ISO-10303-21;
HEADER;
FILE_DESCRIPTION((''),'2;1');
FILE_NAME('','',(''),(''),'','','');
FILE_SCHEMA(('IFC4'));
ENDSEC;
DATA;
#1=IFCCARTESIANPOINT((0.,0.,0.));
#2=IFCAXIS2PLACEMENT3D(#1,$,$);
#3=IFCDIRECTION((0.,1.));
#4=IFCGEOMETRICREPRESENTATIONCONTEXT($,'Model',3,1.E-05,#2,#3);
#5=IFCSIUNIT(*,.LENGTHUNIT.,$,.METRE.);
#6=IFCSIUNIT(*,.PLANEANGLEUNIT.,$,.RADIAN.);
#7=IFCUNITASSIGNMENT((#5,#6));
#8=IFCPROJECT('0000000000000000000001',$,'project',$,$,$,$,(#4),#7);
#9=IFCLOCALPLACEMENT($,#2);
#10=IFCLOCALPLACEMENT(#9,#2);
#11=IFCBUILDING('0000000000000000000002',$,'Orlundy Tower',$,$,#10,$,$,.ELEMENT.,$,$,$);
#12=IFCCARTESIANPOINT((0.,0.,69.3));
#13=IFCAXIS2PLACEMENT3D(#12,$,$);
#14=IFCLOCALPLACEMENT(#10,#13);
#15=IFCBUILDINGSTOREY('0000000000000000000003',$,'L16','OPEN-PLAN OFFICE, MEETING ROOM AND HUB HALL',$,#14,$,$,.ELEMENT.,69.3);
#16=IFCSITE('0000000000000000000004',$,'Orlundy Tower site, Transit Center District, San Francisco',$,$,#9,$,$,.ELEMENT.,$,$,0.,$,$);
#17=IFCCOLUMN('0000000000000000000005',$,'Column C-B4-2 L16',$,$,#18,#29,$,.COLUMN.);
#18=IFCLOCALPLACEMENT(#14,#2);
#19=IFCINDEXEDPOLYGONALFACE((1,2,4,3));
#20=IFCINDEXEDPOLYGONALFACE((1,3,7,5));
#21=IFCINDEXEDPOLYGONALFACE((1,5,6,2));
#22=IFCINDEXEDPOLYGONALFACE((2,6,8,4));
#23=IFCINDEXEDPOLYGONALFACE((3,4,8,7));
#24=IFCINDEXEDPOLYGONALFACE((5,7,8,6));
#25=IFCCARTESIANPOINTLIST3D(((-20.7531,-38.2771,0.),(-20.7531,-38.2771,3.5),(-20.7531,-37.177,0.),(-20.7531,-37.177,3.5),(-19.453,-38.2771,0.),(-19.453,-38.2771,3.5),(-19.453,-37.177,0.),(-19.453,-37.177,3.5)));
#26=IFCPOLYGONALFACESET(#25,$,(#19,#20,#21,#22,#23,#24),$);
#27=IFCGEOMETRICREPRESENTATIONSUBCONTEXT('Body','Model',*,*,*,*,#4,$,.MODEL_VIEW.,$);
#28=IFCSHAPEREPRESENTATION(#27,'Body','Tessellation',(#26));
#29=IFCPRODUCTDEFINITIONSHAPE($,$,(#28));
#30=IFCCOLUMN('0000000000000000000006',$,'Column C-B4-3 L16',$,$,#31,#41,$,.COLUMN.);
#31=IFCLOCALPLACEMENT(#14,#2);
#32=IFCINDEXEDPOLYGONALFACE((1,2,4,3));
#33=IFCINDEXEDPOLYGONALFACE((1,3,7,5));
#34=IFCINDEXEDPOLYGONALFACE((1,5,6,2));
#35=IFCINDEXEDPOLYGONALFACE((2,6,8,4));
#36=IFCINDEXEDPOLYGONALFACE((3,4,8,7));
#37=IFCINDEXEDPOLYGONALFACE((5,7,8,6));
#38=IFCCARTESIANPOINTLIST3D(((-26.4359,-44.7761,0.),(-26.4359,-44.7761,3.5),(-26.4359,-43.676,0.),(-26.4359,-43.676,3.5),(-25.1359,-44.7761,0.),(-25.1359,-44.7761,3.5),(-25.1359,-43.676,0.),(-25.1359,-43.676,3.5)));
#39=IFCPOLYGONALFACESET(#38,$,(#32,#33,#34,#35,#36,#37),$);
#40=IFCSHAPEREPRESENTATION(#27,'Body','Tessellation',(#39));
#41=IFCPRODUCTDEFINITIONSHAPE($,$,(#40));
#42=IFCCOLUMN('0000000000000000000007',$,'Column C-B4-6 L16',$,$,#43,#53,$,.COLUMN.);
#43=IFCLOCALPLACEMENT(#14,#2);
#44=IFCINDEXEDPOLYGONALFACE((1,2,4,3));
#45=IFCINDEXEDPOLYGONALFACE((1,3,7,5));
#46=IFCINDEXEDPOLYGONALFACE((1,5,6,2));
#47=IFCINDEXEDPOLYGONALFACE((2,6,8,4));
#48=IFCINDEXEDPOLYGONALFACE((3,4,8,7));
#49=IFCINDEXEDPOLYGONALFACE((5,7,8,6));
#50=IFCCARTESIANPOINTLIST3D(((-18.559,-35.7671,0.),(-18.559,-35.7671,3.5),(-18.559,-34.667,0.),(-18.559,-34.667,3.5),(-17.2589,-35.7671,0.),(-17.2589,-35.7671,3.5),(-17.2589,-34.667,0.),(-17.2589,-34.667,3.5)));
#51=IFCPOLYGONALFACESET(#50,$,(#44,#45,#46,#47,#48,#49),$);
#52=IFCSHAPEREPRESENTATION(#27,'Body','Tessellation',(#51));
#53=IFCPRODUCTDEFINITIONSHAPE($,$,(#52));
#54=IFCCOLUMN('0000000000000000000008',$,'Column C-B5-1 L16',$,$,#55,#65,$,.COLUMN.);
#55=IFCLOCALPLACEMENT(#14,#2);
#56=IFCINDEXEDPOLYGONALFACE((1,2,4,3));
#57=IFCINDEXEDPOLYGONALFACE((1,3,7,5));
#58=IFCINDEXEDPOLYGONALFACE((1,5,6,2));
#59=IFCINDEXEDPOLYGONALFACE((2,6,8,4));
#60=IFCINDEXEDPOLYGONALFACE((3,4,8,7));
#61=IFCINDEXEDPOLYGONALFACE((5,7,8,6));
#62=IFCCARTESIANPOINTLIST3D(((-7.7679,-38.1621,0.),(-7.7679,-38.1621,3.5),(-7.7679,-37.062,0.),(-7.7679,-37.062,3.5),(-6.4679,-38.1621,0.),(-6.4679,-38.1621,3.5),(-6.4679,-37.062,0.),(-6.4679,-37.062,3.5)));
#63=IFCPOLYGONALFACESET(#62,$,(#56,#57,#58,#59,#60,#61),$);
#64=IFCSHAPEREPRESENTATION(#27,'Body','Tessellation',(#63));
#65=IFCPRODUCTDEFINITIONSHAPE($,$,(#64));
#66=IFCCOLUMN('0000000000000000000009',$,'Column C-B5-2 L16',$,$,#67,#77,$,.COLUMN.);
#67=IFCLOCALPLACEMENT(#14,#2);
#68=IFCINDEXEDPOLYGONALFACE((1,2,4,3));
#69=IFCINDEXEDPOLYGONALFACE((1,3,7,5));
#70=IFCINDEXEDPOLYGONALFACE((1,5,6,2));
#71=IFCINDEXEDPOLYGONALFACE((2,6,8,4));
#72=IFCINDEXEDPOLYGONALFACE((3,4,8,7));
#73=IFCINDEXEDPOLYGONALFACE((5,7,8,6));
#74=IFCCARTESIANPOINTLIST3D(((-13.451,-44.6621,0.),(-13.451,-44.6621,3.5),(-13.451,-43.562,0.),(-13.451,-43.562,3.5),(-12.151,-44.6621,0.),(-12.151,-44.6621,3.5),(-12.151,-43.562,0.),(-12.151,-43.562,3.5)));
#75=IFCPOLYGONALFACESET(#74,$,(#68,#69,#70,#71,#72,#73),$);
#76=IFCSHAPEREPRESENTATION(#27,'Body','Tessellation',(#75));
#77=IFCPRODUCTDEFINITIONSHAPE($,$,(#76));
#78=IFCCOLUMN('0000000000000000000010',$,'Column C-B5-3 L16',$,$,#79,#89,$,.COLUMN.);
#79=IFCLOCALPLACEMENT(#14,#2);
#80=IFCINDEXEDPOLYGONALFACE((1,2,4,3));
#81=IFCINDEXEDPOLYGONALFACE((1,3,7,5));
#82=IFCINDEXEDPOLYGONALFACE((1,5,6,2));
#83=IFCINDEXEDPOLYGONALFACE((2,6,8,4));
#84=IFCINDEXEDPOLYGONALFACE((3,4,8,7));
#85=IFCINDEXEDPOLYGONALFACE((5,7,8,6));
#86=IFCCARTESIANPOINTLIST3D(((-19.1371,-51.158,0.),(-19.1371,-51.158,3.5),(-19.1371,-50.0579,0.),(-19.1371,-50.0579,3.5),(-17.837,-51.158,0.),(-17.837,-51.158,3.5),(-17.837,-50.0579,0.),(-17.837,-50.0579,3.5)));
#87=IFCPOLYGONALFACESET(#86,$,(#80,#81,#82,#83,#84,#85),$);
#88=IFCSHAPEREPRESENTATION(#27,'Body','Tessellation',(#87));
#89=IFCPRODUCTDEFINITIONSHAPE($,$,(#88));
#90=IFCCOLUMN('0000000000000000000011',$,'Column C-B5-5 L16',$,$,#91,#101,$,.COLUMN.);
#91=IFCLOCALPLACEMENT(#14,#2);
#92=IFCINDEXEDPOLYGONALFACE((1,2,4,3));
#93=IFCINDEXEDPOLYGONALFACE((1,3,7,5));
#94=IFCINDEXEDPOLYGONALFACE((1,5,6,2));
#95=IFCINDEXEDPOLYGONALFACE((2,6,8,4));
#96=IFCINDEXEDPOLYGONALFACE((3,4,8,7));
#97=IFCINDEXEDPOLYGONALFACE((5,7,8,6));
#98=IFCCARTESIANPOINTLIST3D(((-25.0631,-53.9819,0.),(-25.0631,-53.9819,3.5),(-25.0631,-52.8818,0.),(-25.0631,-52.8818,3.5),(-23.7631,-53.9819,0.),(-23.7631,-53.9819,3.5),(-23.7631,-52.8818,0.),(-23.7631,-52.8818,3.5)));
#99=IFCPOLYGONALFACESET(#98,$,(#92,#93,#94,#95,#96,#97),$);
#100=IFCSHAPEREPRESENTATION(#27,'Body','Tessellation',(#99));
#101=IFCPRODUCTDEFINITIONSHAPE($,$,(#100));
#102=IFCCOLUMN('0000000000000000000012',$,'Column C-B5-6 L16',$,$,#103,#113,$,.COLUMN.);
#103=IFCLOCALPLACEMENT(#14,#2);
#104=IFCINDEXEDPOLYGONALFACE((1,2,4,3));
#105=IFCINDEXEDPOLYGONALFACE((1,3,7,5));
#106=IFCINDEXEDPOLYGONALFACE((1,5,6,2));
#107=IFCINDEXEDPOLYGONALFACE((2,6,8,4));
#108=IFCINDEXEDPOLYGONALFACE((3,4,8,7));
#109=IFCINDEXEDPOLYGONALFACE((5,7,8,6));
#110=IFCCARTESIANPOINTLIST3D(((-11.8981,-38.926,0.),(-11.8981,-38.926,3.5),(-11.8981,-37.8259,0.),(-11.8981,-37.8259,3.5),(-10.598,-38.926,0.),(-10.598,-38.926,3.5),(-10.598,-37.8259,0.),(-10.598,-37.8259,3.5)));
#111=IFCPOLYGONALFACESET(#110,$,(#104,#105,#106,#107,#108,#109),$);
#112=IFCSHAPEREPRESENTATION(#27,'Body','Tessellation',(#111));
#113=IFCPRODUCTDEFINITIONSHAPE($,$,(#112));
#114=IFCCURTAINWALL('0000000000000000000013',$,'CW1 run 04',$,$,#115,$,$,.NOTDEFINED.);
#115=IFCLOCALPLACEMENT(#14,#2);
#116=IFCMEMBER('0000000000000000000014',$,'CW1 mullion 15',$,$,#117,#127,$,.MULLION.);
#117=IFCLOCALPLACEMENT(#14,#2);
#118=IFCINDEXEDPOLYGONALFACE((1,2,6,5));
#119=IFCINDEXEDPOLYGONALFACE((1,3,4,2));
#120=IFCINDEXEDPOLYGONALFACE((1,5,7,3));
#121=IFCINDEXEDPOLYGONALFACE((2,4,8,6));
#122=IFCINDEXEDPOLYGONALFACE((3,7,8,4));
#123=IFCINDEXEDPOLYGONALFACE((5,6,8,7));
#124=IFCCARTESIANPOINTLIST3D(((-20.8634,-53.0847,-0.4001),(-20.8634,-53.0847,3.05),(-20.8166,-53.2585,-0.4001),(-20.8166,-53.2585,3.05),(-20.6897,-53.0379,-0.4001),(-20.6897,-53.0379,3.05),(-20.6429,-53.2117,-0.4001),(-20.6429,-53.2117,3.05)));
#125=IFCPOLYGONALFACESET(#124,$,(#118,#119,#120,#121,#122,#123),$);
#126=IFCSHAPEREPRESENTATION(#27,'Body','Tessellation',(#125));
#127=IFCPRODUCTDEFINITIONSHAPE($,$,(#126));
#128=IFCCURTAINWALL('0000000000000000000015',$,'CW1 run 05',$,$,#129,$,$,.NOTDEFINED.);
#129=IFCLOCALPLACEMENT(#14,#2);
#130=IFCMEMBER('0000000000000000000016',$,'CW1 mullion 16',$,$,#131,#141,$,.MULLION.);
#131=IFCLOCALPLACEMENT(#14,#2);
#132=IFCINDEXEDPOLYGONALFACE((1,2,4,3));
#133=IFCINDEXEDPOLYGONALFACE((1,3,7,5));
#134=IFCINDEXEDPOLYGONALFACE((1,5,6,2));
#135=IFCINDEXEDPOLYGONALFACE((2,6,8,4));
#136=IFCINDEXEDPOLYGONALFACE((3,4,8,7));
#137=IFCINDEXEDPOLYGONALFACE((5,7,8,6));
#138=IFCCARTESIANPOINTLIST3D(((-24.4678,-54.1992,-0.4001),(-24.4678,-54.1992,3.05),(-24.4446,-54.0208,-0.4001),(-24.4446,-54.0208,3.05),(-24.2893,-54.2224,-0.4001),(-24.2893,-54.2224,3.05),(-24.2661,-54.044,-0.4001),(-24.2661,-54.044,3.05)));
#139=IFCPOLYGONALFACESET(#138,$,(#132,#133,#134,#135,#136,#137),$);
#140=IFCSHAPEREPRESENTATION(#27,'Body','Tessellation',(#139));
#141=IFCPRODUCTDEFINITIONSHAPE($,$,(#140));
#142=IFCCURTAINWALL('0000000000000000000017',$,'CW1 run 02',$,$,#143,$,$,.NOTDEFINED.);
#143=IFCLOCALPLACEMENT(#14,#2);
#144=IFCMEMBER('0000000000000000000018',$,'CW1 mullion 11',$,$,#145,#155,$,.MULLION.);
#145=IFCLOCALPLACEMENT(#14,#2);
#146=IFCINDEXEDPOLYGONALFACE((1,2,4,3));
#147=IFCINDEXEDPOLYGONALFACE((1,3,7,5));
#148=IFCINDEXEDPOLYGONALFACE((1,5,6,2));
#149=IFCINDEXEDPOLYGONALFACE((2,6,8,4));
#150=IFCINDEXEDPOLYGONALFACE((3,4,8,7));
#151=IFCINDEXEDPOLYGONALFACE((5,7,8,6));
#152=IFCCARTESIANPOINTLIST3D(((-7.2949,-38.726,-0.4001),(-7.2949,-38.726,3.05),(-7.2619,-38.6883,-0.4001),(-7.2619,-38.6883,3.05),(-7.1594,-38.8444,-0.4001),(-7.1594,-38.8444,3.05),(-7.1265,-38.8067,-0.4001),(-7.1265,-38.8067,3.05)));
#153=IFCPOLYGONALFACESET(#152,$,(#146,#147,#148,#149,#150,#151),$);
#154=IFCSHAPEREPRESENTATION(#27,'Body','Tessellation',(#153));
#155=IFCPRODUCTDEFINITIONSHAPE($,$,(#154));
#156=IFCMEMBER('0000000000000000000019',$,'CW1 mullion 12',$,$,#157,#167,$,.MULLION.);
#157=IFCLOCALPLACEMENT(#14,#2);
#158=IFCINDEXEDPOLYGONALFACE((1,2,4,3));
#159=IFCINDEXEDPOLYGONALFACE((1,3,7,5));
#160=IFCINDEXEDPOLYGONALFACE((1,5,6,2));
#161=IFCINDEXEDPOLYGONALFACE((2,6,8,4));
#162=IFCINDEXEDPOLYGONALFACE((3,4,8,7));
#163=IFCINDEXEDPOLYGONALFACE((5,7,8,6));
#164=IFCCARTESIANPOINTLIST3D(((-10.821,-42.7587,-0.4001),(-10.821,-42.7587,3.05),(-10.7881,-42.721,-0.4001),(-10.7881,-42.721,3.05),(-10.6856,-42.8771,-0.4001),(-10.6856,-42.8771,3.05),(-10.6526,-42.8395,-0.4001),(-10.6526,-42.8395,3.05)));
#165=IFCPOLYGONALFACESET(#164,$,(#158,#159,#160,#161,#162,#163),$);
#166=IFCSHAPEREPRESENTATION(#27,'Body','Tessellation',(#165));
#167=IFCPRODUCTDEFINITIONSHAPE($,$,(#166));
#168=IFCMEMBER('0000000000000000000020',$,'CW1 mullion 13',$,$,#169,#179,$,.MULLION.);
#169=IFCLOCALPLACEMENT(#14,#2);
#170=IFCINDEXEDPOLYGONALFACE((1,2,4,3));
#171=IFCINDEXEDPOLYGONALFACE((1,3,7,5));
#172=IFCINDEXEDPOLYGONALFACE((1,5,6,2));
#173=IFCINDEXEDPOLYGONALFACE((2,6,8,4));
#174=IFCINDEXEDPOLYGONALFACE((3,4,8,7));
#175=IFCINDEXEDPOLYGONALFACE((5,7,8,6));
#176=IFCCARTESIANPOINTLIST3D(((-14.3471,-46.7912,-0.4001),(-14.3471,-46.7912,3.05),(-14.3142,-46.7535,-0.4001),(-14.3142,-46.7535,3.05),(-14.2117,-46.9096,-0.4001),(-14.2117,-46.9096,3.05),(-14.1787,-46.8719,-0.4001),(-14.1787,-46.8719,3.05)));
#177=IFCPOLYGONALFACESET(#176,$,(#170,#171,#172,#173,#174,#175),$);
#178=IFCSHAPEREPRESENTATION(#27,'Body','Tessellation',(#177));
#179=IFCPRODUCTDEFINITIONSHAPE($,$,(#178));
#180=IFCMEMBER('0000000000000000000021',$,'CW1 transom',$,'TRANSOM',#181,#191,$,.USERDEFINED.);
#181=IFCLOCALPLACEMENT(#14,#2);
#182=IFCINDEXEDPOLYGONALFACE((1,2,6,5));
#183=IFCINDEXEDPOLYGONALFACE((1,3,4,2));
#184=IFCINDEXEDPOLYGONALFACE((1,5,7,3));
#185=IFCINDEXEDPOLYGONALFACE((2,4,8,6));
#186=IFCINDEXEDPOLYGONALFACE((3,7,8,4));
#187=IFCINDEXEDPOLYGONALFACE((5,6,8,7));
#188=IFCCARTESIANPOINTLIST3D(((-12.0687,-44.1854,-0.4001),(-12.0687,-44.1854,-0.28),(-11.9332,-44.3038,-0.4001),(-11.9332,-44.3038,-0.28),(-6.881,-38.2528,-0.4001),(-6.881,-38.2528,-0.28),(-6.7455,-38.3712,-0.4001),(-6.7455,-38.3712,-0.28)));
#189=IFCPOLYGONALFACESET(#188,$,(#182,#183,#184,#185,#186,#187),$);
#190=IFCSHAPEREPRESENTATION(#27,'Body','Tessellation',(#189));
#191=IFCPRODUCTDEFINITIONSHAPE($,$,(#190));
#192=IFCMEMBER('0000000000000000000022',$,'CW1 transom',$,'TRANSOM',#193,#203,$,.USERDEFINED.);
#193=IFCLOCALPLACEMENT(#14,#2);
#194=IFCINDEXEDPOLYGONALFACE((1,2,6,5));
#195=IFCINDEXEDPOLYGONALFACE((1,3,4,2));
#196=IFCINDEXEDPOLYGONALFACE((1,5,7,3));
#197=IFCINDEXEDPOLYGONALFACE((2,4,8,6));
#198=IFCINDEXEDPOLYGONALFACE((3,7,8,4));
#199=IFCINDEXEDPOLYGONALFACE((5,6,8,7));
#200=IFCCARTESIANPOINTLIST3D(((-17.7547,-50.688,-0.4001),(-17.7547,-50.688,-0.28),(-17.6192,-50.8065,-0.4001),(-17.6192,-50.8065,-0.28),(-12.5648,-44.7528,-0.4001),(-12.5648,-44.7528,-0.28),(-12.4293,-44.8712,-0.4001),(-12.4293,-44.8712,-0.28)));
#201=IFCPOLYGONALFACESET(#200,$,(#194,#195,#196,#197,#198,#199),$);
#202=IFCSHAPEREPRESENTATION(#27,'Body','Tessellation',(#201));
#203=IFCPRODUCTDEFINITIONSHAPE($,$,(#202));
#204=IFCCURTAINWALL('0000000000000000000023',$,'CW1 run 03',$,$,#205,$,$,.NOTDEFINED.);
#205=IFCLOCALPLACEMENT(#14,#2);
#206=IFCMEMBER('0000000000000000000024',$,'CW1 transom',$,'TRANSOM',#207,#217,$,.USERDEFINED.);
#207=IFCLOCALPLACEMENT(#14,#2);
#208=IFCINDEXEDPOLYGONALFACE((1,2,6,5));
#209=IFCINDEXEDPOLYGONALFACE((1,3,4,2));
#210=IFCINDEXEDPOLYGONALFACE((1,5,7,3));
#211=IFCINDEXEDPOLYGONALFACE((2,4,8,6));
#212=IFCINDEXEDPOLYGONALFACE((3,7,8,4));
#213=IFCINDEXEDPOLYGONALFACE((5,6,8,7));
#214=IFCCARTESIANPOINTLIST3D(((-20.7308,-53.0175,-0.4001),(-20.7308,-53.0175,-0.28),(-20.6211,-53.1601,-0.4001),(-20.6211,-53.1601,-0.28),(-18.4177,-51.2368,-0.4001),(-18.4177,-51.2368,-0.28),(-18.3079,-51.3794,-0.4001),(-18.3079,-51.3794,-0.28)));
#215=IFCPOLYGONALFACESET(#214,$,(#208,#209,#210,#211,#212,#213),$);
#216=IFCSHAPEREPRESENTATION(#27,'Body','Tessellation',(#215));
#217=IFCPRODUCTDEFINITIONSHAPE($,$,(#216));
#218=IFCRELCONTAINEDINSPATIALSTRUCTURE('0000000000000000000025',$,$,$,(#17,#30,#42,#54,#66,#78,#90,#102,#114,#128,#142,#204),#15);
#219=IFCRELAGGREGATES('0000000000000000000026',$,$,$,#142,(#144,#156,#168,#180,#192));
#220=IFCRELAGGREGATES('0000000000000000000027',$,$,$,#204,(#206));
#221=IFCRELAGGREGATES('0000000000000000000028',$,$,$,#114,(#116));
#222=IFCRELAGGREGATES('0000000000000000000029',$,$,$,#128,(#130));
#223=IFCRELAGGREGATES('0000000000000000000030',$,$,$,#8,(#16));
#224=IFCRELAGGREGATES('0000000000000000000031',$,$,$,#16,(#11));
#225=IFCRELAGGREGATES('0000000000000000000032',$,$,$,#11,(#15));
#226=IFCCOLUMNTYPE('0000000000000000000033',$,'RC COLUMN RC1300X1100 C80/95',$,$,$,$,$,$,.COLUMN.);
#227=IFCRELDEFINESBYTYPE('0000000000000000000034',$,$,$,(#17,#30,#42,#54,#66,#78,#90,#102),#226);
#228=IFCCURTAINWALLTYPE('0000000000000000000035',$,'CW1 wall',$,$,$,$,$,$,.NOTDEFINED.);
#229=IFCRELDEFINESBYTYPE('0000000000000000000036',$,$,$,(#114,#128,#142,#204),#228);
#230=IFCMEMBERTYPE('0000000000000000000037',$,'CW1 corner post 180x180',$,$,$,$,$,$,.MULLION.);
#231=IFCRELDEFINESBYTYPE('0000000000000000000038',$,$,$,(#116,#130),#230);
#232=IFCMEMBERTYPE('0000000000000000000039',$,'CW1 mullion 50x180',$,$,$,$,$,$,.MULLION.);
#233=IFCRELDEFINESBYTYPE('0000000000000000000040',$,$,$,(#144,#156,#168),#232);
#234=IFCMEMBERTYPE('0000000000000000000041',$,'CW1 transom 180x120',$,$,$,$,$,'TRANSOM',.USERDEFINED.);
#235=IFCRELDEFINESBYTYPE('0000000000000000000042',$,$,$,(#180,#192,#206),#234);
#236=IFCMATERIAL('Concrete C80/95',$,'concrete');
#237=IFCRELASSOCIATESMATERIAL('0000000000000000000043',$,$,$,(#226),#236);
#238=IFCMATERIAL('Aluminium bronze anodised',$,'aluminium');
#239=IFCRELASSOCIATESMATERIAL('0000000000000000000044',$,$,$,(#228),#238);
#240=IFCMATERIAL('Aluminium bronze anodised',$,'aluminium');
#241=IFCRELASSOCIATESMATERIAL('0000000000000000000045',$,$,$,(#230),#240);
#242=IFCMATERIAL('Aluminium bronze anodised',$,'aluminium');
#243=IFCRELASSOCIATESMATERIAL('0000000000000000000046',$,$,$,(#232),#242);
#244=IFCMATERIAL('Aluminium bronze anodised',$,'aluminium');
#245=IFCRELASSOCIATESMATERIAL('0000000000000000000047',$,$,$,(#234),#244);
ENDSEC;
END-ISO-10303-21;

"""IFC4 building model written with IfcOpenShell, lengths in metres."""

from ifc_helpers import new_model, si_unit, direction, frame, origin, origin_2d, place, context, subcontext, project, spatial, rectangle, extrude, material, material_profile, profile_set, type_object, element, aggregate, save


model = new_model("IFC4")

# Units and contexts
model_context = context("Model", 3, precision=1e-05, world=origin(), true_north=direction((0.0, 1.0)))
body_context = subcontext(model_context, "Body", "Model", "MODEL_VIEW")
ifc_project = project(units=[si_unit("LENGTHUNIT", "METRE"), si_unit("PLANEANGLEUNIT", "RADIAN")], contexts=[model_context])

# Site, building, storey
site_placement = place(None, origin())
site = spatial("IfcSite", under=ifc_project, at=site_placement, Name="Orlundy Tower site, Transit Center District, San Francisco", CompositionType="ELEMENT", RefElevation=0.0)
building_placement = place(site_placement, origin())
building = spatial("IfcBuilding", under=site, at=building_placement, Name="Orlundy Tower", CompositionType="ELEMENT")
storey_placement = place(building_placement, frame((0.0, 0.0, 69.3)))
storey = spatial("IfcBuildingStorey", under=building, at=storey_placement, Name="L16", Description="OPEN-PLAN OFFICE, MEETING ROOM AND HUB HALL", CompositionType="ELEMENT", Elevation=69.3)

# Columns
ifc_material_1 = material(Name="Concrete C80/95", Category="concrete")
ifc_material_profile_1 = material_profile(ifc_material_1, rectangle(XDim=1.3, YDim=1.1001, at=origin_2d()), Name="RC1300X1100")
ifc_profile_set_1 = profile_set([ifc_material_profile_1], Name="Concrete C80/95")
column_type = type_object("IfcColumnType", Name="RC COLUMN RC1300X1100 C80/95", PredefinedType="COLUMN", material=ifc_profile_set_1)
for number, where, z_axis, x_axis, name in (
    (1, (-20.103, -37.7271, 0.0), (0.0, 0.0, 1.0), (1.0, 0.0, 0.0), "Column C-B4-2 L16"),
    (2, (-25.7859, -44.2261, 0.0), (0.0, 0.0, 1.0), (1.0, 0.0, 0.0), "Column C-B4-3 L16"),
    (3, (-17.9089, -35.217, 0.0), (0.0, 0.0, 1.0), (1.0, 0.0, 0.0), "Column C-B4-6 L16"),
    (4, (-7.1179, -37.6121, 0.0), (0.0, 0.0, 1.0), (1.0, 0.0, 0.0), "Column C-B5-1 L16"),
    (5, (-12.801, -44.1121, 0.0), (0.0, 0.0, 1.0), (1.0, 0.0, 0.0), "Column C-B5-2 L16"),
    (6, (-18.4871, -50.6079, 0.0), (0.0, 0.0, 1.0), (1.0, 0.0, 0.0), "Column C-B5-3 L16"),
    (7, (-24.4131, -53.4319, 0.0), (0.0, 0.0, 1.0), (1.0, 0.0, 0.0), "Column C-B5-5 L16"),
    (8, (-11.248, -38.376, 0.0), (0.0, 0.0, 1.0), (1.0, 0.0, 0.0), "Column C-B5-6 L16"),
):
    element("IfcColumn", number, at=place(storey_placement, frame(where, z_axis=z_axis, x_axis=x_axis)), inside=storey, type_object=column_type, Name=name, PredefinedType="COLUMN", context=body_context, shape_type="SweptSolid", body=[
        extrude(rectangle(XDim=1.3, YDim=1.1001, at=origin_2d()), origin(), (0.0, 0.0, 1.0), 3.5),
    ])

# Curtain walls, members
ifc_material_2 = material(Name="Aluminium bronze anodised", Category="aluminium")
curtain_wall_type = type_object("IfcCurtainWallType", Name="CW1 wall", PredefinedType="NOTDEFINED", material=ifc_material_2)
curtain_wall_1_placement = place(storey_placement, origin())
curtain_wall_1 = element("IfcCurtainWall", 9, at=curtain_wall_1_placement, inside=storey, type_object=curtain_wall_type, Name="CW1 run 04", PredefinedType="NOTDEFINED")
ifc_material_3 = material(Name="Aluminium bronze anodised", Category="aluminium")
ifc_material_profile_2 = material_profile(ifc_material_3, rectangle(XDim=0.1799, YDim=0.1799, at=origin_2d()), Name="CW1 corner post 180x180")
ifc_profile_set_2 = profile_set([ifc_material_profile_2], Name="Aluminium bronze anodised")
member_type_1 = type_object("IfcMemberType", Name="CW1 corner post 180x180", PredefinedType="MULLION", material=ifc_profile_set_2)
member_1_placement = place(storey_placement, frame((-20.7532, -53.1482, -0.4001), z_axis=(0.0, 0.0, 1.0), x_axis=(0.26008, -0.965587, 0.0)))
member_1 = element("IfcMember", 10, at=member_1_placement, type_object=member_type_1, Name="CW1 mullion 15", PredefinedType="MULLION", context=body_context, shape_type="SweptSolid", body=[
    extrude(rectangle(XDim=0.1799, YDim=0.1799, at=origin_2d()), origin(), (0.0, 0.0, 1.0), 3.4502),
])
curtain_wall_2_placement = place(storey_placement, origin())
curtain_wall_2 = element("IfcCurtainWall", 11, at=curtain_wall_2_placement, inside=storey, type_object=curtain_wall_type, Name="CW1 run 05", PredefinedType="NOTDEFINED")
member_2_placement = place(storey_placement, frame((-24.3669, -54.1216, -0.4001), z_axis=(0.0, 0.0, 1.0), x_axis=(-0.128947, -0.991651, 0.0)))
member_2 = element("IfcMember", 12, at=member_2_placement, type_object=member_type_1, Name="CW1 mullion 16", PredefinedType="MULLION", context=body_context, shape_type="SweptSolid", body=[
    extrude(rectangle(XDim=0.1799, YDim=0.1799, at=origin_2d()), origin(), (0.0, 0.0, 1.0), 3.4502),
])

# Curtain wall, members
curtain_wall_3_placement = place(storey_placement, origin())
curtain_wall_3 = element("IfcCurtainWall", 13, at=curtain_wall_3_placement, inside=storey, type_object=curtain_wall_type, Name="CW1 run 02", PredefinedType="NOTDEFINED")
ifc_material_4 = material(Name="Aluminium bronze anodised", Category="aluminium")
ifc_material_profile_3 = material_profile(ifc_material_4, rectangle(XDim=0.1799, YDim=0.05, at=origin_2d()), Name="CW1 mullion 50x180")
ifc_profile_set_3 = profile_set([ifc_material_profile_3], Name="Aluminium bronze anodised")
member_type_2 = type_object("IfcMemberType", Name="CW1 mullion 50x180", PredefinedType="MULLION", material=ifc_profile_set_3)
member_3_placement = place(storey_placement, frame((-7.2107, -38.7664, -0.4001), z_axis=(0.0, 0.0, 1.0), x_axis=(0.752792, -0.658259, 0.0)))
member_3 = element("IfcMember", 14, at=member_3_placement, type_object=member_type_2, Name="CW1 mullion 11", PredefinedType="MULLION", context=body_context, shape_type="SweptSolid", body=[
    extrude(rectangle(XDim=0.1799, YDim=0.05, at=origin_2d()), origin(), (0.0, 0.0, 1.0), 3.4502),
])
member_4_placement = place(storey_placement, frame((-10.7368, -42.7991, -0.4001), z_axis=(0.0, 0.0, 1.0), x_axis=(0.752792, -0.658259, 0.0)))
member_4 = element("IfcMember", 15, at=member_4_placement, type_object=member_type_2, Name="CW1 mullion 12", PredefinedType="MULLION", context=body_context, shape_type="SweptSolid", body=[
    extrude(rectangle(XDim=0.1799, YDim=0.05, at=origin_2d()), origin(), (0.0, 0.0, 1.0), 3.4502),
])
member_5_placement = place(storey_placement, frame((-14.2629, -46.8315, -0.4001), z_axis=(0.0, 0.0, 1.0), x_axis=(0.752792, -0.658259, 0.0)))
member_5 = element("IfcMember", 16, at=member_5_placement, type_object=member_type_2, Name="CW1 mullion 13", PredefinedType="MULLION", context=body_context, shape_type="SweptSolid", body=[
    extrude(rectangle(XDim=0.1799, YDim=0.05, at=origin_2d()), origin(), (0.0, 0.0, 1.0), 3.4502),
])
ifc_material_5 = material(Name="Aluminium bronze anodised", Category="aluminium")
ifc_material_profile_4 = material_profile(ifc_material_5, rectangle(XDim=0.1799, YDim=0.1201, at=origin_2d()), Name="CW1 transom 180x120")
ifc_profile_set_4 = profile_set([ifc_material_profile_4], Name="Aluminium bronze anodised")
member_type_3 = type_object("IfcMemberType", Name="CW1 transom 180x120", ElementType="TRANSOM", PredefinedType="USERDEFINED", material=ifc_profile_set_4)
member_6_placement = place(storey_placement, frame((-6.8132, -38.312, -0.3401), z_axis=(-0.658268, -0.752784, 0.0), x_axis=(0.752784, -0.658268, 0.0)))
member_6 = element("IfcMember", 17, at=member_6_placement, type_object=member_type_3, Name="CW1 transom", ObjectType="TRANSOM", PredefinedType="USERDEFINED", context=body_context, shape_type="SweptSolid", body=[
    extrude(rectangle(XDim=0.1799, YDim=0.1201, at=origin_2d()), origin(), (0.0, 0.0, 1.0), 7.8809),
])
member_7_placement = place(storey_placement, frame((-12.4971, -44.812, -0.3401), z_axis=(-0.658257, -0.752793, 0.0), x_axis=(0.752793, -0.658257, 0.0)))
member_7 = element("IfcMember", 18, at=member_7_placement, type_object=member_type_3, Name="CW1 transom", ObjectType="TRANSOM", PredefinedType="USERDEFINED", context=body_context, shape_type="SweptSolid", body=[
    extrude(rectangle(XDim=0.1799, YDim=0.1201, at=origin_2d()), origin(), (0.0, 0.0, 1.0), 7.8843),
])

# Curtain wall, member
curtain_wall_4_placement = place(storey_placement, origin())
curtain_wall_4 = element("IfcCurtainWall", 19, at=curtain_wall_4_placement, inside=storey, type_object=curtain_wall_type, Name="CW1 run 03", PredefinedType="NOTDEFINED")
member_8_placement = place(storey_placement, frame((-18.3628, -51.3081, -0.3401), z_axis=(-0.7924, -0.610002, 0.0), x_axis=(0.610002, -0.7924, 0.0)))
member_8 = element("IfcMember", 20, at=member_8_placement, type_object=member_type_3, Name="CW1 transom", ObjectType="TRANSOM", PredefinedType="USERDEFINED", context=body_context, shape_type="SweptSolid", body=[
    extrude(rectangle(XDim=0.1799, YDim=0.1201, at=origin_2d()), origin(), (0.0, 0.0, 1.0), 2.9192),
])

aggregate(curtain_wall_3, [member_3, member_4, member_5, member_6, member_7])
aggregate(curtain_wall_4, [member_8])
aggregate(curtain_wall_1, [member_1])
aggregate(curtain_wall_2, [member_2])

save(model, "model.ifc")
